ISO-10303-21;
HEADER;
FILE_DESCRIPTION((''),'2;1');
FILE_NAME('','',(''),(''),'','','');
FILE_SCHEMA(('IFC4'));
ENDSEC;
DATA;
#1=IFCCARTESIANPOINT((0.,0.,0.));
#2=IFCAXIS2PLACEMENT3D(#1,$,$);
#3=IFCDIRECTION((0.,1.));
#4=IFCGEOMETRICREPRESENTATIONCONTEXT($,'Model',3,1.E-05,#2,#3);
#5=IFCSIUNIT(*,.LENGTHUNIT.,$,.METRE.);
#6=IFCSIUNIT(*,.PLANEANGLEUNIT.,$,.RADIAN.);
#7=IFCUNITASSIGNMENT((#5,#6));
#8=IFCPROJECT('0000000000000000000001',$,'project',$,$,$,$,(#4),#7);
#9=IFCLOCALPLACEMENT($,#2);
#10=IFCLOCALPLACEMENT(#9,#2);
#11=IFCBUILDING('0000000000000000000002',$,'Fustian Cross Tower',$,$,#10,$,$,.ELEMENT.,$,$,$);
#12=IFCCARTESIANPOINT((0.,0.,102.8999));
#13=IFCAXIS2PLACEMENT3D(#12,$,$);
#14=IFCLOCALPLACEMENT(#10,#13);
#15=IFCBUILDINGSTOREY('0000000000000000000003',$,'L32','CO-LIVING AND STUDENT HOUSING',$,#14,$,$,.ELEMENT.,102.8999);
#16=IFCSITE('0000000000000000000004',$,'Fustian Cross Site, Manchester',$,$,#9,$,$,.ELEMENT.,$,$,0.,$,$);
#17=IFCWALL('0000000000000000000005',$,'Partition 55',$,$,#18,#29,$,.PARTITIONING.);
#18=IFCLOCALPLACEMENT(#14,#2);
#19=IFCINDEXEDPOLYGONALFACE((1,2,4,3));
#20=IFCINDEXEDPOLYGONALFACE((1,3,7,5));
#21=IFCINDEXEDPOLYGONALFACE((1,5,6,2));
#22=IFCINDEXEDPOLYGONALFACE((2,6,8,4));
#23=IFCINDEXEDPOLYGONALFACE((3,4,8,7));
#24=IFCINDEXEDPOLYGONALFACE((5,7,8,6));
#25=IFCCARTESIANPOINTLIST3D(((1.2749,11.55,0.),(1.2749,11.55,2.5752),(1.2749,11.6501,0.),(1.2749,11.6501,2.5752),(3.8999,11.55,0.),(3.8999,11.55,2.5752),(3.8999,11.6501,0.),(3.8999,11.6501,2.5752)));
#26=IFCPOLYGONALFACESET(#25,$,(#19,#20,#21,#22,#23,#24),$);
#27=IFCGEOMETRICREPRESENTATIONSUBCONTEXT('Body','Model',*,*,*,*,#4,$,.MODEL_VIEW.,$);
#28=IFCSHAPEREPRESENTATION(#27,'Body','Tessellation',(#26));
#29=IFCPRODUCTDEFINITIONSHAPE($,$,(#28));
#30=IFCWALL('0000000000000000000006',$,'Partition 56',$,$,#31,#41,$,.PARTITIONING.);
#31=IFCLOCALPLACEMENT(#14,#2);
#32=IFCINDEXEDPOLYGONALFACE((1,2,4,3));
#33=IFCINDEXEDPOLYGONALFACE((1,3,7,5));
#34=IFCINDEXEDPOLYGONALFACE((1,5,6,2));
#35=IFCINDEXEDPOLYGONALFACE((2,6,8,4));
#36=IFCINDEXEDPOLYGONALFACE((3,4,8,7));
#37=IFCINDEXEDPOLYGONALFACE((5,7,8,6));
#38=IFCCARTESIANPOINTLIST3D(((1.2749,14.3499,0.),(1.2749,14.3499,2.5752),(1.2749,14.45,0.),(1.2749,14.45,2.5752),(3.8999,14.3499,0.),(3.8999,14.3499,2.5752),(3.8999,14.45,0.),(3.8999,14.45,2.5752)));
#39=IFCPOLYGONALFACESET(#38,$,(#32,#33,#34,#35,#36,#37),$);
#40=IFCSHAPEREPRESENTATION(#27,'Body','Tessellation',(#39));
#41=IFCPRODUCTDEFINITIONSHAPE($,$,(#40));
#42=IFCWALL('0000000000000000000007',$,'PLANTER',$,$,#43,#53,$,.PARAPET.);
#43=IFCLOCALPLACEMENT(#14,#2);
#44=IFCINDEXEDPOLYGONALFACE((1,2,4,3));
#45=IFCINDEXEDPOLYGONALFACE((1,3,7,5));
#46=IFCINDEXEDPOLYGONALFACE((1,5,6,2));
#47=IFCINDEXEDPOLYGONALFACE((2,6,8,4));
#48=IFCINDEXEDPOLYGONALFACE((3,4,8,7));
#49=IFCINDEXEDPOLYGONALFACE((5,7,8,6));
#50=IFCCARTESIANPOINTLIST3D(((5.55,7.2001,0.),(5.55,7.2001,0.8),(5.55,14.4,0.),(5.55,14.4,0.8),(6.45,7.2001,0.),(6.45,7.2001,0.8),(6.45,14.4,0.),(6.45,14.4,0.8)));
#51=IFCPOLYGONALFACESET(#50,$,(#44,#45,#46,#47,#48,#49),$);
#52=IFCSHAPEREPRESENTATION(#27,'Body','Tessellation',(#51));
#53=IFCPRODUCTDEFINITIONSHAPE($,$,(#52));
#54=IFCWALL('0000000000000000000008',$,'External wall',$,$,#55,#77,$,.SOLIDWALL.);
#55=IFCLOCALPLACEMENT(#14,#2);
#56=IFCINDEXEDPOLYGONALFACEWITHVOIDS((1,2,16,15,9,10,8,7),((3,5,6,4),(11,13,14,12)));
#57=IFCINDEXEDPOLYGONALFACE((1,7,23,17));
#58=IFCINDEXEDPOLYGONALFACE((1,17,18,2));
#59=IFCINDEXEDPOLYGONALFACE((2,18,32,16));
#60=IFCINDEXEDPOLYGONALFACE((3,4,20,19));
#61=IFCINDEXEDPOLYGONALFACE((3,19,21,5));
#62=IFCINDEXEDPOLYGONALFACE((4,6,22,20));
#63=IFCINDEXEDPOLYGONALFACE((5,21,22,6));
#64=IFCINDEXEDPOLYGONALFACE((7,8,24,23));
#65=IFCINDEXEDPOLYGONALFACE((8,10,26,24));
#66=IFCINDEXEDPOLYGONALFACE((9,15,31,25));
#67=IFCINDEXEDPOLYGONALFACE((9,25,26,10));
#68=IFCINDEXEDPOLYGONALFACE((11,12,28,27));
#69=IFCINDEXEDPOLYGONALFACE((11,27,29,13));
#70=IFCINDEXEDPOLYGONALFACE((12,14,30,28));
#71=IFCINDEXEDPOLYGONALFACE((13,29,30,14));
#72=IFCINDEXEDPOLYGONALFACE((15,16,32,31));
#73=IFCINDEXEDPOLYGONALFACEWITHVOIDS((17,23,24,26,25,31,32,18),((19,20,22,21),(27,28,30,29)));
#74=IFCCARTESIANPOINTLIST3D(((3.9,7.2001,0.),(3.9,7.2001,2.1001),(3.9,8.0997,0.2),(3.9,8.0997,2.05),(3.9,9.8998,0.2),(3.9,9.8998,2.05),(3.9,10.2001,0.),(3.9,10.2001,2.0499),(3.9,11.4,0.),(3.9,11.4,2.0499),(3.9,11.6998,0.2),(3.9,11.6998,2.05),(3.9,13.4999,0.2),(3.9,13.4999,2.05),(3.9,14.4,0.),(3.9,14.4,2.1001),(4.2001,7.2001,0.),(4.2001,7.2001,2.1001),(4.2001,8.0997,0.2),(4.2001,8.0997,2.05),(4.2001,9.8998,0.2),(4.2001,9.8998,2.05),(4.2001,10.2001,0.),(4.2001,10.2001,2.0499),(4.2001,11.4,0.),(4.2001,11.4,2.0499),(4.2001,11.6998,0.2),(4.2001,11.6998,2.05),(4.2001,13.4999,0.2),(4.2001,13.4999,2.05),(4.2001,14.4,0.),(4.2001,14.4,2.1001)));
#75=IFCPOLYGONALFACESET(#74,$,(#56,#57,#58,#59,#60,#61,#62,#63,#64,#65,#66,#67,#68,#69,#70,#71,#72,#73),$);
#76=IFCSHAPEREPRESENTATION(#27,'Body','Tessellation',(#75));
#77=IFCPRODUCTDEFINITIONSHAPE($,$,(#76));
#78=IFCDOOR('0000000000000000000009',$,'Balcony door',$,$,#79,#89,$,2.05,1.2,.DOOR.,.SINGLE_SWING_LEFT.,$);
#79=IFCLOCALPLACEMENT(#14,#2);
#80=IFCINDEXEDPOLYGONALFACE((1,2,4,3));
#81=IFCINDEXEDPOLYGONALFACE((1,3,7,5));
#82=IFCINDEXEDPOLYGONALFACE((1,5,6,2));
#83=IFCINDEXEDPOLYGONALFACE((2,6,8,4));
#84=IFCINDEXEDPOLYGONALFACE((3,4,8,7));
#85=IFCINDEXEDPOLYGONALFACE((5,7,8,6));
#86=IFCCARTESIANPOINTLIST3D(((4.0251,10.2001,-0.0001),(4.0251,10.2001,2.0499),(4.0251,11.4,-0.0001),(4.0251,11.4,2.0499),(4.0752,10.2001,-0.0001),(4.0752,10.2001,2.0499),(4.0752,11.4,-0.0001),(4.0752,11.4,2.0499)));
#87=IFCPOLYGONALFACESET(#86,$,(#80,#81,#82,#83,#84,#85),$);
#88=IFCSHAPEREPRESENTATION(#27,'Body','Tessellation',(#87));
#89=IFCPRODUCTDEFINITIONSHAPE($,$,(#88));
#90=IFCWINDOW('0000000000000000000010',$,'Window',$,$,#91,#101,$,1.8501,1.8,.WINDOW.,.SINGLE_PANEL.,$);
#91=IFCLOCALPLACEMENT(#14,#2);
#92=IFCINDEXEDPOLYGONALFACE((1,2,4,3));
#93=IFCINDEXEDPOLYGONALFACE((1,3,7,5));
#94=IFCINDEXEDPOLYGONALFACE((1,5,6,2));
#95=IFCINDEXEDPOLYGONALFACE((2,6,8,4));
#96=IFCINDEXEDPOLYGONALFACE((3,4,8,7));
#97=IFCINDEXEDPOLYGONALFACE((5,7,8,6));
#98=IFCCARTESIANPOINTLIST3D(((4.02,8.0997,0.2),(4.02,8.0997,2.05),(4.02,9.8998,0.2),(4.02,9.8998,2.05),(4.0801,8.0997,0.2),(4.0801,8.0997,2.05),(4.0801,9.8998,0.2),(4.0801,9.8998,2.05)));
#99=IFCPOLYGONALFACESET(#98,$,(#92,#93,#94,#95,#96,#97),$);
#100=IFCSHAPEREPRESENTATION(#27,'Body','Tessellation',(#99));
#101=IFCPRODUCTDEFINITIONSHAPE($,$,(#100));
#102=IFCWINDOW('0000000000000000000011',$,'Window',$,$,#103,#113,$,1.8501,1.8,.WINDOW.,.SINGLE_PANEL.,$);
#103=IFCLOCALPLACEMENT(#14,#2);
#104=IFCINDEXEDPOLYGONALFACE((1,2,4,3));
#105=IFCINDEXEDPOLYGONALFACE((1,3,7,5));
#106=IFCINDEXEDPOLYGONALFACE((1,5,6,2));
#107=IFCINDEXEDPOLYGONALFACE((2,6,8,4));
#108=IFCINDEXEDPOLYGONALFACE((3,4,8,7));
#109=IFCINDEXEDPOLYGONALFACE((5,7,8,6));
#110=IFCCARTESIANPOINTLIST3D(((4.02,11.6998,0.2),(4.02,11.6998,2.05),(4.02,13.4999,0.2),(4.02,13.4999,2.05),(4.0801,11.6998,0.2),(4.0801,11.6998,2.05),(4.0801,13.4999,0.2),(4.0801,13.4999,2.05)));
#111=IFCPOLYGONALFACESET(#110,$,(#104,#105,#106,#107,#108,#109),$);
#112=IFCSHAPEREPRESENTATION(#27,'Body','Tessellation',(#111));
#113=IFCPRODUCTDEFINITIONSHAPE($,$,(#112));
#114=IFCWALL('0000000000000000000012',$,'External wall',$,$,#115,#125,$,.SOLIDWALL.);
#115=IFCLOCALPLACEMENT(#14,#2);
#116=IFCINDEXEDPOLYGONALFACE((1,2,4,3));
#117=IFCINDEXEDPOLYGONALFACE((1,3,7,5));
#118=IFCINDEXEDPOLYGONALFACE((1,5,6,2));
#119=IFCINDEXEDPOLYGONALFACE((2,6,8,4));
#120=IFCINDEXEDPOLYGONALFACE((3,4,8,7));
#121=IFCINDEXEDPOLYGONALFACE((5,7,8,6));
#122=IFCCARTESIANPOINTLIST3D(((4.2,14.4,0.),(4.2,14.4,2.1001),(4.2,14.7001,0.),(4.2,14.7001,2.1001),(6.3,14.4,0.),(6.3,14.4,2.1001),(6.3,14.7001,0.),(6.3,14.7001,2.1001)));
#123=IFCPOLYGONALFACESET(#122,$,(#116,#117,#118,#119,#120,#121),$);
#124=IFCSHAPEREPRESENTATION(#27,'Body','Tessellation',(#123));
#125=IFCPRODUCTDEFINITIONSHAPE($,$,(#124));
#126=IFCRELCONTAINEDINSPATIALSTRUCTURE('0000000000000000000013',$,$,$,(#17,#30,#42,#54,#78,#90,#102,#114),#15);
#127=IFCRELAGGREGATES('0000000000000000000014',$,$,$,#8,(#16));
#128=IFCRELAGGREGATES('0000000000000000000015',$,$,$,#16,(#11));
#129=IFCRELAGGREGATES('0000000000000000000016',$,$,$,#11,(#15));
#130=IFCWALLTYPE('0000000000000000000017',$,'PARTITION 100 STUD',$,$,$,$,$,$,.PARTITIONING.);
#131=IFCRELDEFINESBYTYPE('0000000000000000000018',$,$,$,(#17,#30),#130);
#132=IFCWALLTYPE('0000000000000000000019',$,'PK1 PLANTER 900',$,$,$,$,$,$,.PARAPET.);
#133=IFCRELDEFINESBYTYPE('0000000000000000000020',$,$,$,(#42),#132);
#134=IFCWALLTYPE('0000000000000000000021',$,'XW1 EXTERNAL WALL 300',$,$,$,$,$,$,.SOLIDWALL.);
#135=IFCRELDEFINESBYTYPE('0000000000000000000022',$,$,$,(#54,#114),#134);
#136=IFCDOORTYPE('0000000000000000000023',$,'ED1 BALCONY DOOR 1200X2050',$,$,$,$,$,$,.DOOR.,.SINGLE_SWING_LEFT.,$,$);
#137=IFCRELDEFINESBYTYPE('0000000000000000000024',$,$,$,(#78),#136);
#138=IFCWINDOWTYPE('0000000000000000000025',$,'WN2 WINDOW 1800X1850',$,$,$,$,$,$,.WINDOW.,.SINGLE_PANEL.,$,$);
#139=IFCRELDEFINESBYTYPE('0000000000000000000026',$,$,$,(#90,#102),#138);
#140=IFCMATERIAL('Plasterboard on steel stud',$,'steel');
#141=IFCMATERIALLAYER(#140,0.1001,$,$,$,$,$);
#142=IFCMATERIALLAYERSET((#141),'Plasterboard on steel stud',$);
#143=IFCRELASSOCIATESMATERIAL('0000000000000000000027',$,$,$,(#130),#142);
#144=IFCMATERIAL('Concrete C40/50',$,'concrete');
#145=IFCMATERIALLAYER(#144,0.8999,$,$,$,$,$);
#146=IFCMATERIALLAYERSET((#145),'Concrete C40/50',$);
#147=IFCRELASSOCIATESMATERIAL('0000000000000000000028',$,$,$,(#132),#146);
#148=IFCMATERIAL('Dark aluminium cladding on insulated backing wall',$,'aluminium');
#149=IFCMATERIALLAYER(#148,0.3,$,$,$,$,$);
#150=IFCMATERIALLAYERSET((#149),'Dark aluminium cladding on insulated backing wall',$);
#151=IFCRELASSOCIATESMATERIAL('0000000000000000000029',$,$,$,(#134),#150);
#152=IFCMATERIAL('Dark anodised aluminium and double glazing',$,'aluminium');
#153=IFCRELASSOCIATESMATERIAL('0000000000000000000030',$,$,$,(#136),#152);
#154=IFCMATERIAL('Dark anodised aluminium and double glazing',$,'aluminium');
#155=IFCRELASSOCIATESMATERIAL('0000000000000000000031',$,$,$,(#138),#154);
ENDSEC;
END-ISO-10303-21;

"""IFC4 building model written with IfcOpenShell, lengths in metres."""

from ifc_helpers import new_model, si_unit, direction, frame, frame_2d, origin, place, context, subcontext, project, spatial, rectangle, extrude, material, layer, layer_set, type_object, element, fill, save


model = new_model("IFC4")

# Units and contexts
model_context = context("Model", 3, precision=1e-05, world=origin(), true_north=direction((0.0, 1.0)))
body_context = subcontext(model_context, "Body", "Model", "MODEL_VIEW")
ifc_project = project(units=[si_unit("LENGTHUNIT", "METRE"), si_unit("PLANEANGLEUNIT", "RADIAN")], contexts=[model_context])

# Site, building, storey
site_placement = place(None, origin())
site = spatial("IfcSite", under=ifc_project, at=site_placement, Name="Fustian Cross Site, Manchester", CompositionType="ELEMENT", RefElevation=0.0)
building_placement = place(site_placement, origin())
building = spatial("IfcBuilding", under=site, at=building_placement, Name="Fustian Cross Tower", CompositionType="ELEMENT")
storey_placement = place(building_placement, frame((0.0, 0.0, 102.8999)))
storey = spatial("IfcBuildingStorey", under=building, at=storey_placement, Name="L32", Description="CO-LIVING AND STUDENT HOUSING", CompositionType="ELEMENT", Elevation=102.8999)

# Walls
ifc_material_1 = material(Name="Plasterboard on steel stud", Category="steel")
ifc_layer_1 = layer(ifc_material_1, 0.1001)
ifc_layer_set_1 = layer_set([ifc_layer_1], Name="Plasterboard on steel stud")
wall_type_1 = type_object("IfcWallType", Name="PARTITION 100 STUD", PredefinedType="PARTITIONING", material=ifc_layer_set_1)
for number, where, z_axis, x_axis, name in (
    (1, (1.2749, 11.6001, 0.0), (0.0, 0.0, 1.0), (1.0, 0.0, 0.0), "Partition 55"),
    (2, (1.2749, 14.3999, 0.0), (0.0, 0.0, 1.0), (1.0, 0.0, 0.0), "Partition 56"),
):
    element("IfcWall", number, at=place(storey_placement, frame(where, z_axis=z_axis, x_axis=x_axis)), inside=storey, type_object=wall_type_1, Name=name, PredefinedType="PARTITIONING", context=body_context, shape_type="SweptSolid", body=[
        extrude(rectangle(XDim=2.625, YDim=0.1001, at=frame_2d((1.3125, 0.0))), origin(), (0.0, 0.0, 1.0), 2.5752),
    ])
ifc_material_2 = material(Name="Concrete C40/50", Category="concrete")
ifc_layer_2 = layer(ifc_material_2, 0.8999)
ifc_layer_set_2 = layer_set([ifc_layer_2], Name="Concrete C40/50")
wall_type_2 = type_object("IfcWallType", Name="PK1 PLANTER 900", PredefinedType="PARAPET", material=ifc_layer_set_2)
wall_1_placement = place(storey_placement, frame((6.0, 7.2, 0.0), z_axis=(0.0, 0.0, 1.0), x_axis=(0.0, 1.0, 0.0)))
element("IfcWall", 3, at=wall_1_placement, inside=storey, type_object=wall_type_2, Name="PLANTER", PredefinedType="PARAPET", context=body_context, shape_type="SweptSolid", body=[
    extrude(rectangle(XDim=7.2, YDim=0.8999, at=frame_2d((3.6001, 0.0))), origin(), (0.0, 0.0, 1.0), 0.8),
])

# Wall, openings, door, windows
ifc_material_3 = material(Name="Dark aluminium cladding on insulated backing wall", Category="aluminium")
ifc_layer_3 = layer(ifc_material_3, 0.3)
ifc_layer_set_3 = layer_set([ifc_layer_3], Name="Dark aluminium cladding on insulated backing wall")
wall_type_3 = type_object("IfcWallType", Name="XW1 EXTERNAL WALL 300", PredefinedType="SOLIDWALL", material=ifc_layer_set_3)
wall_2_placement = place(storey_placement, frame((4.05, 7.2, 0.0), z_axis=(0.0, 0.0, 1.0), x_axis=(0.0, 1.0, 0.0)))
wall_2 = element("IfcWall", 4, at=wall_2_placement, inside=storey, type_object=wall_type_3, Name="External wall", PredefinedType="SOLIDWALL", context=body_context, shape_type="SweptSolid", body=[
    extrude(rectangle(XDim=7.2, YDim=0.3, at=frame_2d((3.6001, 0.0))), origin(), (0.0, 0.0, 1.0), 2.1001),
])
opening_1_placement = place(wall_2_placement, frame((3.0, 0.0, 0.0)))
opening_1 = element("IfcOpeningElement", 5, at=opening_1_placement, cuts=wall_2, PredefinedType="OPENING", context=body_context, shape_type="SweptSolid", body=[
    extrude(rectangle(XDim=1.2, YDim=2.05, at=frame_2d((0.6001, 1.0249))), frame((0.0, 0.1599, 0.0), z_axis=(0.0, -1.0, 0.0), x_axis=(1.0, 0.0, 0.0)), (0.0, 0.0, 1.0), 0.3201),
])
opening_2_placement = place(wall_2_placement, frame((0.8999, 0.0, 0.2)))
opening_2 = element("IfcOpeningElement", 6, at=opening_2_placement, cuts=wall_2, PredefinedType="OPENING", context=body_context, shape_type="SweptSolid", body=[
    extrude(rectangle(XDim=1.8, YDim=1.8501, at=frame_2d((0.8999, 0.925))), frame((0.0, 0.1599, 0.0), z_axis=(0.0, -1.0, 0.0), x_axis=(1.0, 0.0, 0.0)), (0.0, 0.0, 1.0), 0.3201),
])
opening_3_placement = place(wall_2_placement, frame((4.5, 0.0, 0.2)))
opening_3 = element("IfcOpeningElement", 7, at=opening_3_placement, cuts=wall_2, PredefinedType="OPENING", context=body_context, shape_type="SweptSolid", body=[
    extrude(rectangle(XDim=1.8, YDim=1.8501, at=frame_2d((0.8999, 0.925))), frame((0.0, 0.1599, 0.0), z_axis=(0.0, -1.0, 0.0), x_axis=(1.0, 0.0, 0.0)), (0.0, 0.0, 1.0), 0.3201),
])
ifc_material_4 = material(Name="Dark anodised aluminium and double glazing", Category="aluminium")
door_type = type_object("IfcDoorType", Name="ED1 BALCONY DOOR 1200X2050", OperationType="SINGLE_SWING_LEFT", PredefinedType="DOOR", material=ifc_material_4)
door_placement = place(opening_1_placement, origin())
door = element("IfcDoor", 8, at=door_placement, inside=storey, type_object=door_type, Name="Balcony door", OperationType="SINGLE_SWING_LEFT", OverallHeight=2.05, OverallWidth=1.2, PredefinedType="DOOR", context=body_context, shape_type="SweptSolid", body=[
    extrude(rectangle(XDim=1.2, YDim=2.05, at=frame_2d((0.6001, 1.0249))), frame((0.0, 0.0249, 0.0), z_axis=(0.0, -1.0, 0.0), x_axis=(1.0, 0.0, 0.0)), (0.0, 0.0, 1.0), 0.05),
])
fill(opening_1, door)
ifc_material_5 = material(Name="Dark anodised aluminium and double glazing", Category="aluminium")
window_type = type_object("IfcWindowType", Name="WN2 WINDOW 1800X1850", PartitioningType="SINGLE_PANEL", PredefinedType="WINDOW", material=ifc_material_5)
window_1_placement = place(opening_2_placement, origin())
window_1 = element("IfcWindow", 9, at=window_1_placement, inside=storey, type_object=window_type, Name="Window", OverallHeight=1.8501, OverallWidth=1.8, PartitioningType="SINGLE_PANEL", PredefinedType="WINDOW", context=body_context, shape_type="SweptSolid", body=[
    extrude(rectangle(XDim=1.8, YDim=1.8501, at=frame_2d((0.8999, 0.925))), frame((0.0, 0.03, 0.0), z_axis=(0.0, -1.0, 0.0), x_axis=(1.0, 0.0, 0.0)), (0.0, 0.0, 1.0), 0.0601),
])
fill(opening_2, window_1)
window_2_placement = place(opening_3_placement, origin())
window_2 = element("IfcWindow", 10, at=window_2_placement, inside=storey, type_object=window_type, Name="Window", OverallHeight=1.8501, OverallWidth=1.8, PartitioningType="SINGLE_PANEL", PredefinedType="WINDOW", context=body_context, shape_type="SweptSolid", body=[
    extrude(rectangle(XDim=1.8, YDim=1.8501, at=frame_2d((0.8999, 0.925))), frame((0.0, 0.03, 0.0), z_axis=(0.0, -1.0, 0.0), x_axis=(1.0, 0.0, 0.0)), (0.0, 0.0, 1.0), 0.0601),
])
fill(opening_3, window_2)

# Wall
wall_3_placement = place(storey_placement, frame((4.2, 14.55, 0.0), z_axis=(0.0, 0.0, 1.0), x_axis=(1.0, 0.0, 0.0)))
element("IfcWall", 11, at=wall_3_placement, inside=storey, type_object=wall_type_3, Name="External wall", PredefinedType="SOLIDWALL", context=body_context, shape_type="SweptSolid", body=[
    extrude(rectangle(XDim=2.1001, YDim=0.3, at=frame_2d((1.05, 0.0))), origin(), (0.0, 0.0, 1.0), 2.1001),
])

save(model, "model.ifc")
